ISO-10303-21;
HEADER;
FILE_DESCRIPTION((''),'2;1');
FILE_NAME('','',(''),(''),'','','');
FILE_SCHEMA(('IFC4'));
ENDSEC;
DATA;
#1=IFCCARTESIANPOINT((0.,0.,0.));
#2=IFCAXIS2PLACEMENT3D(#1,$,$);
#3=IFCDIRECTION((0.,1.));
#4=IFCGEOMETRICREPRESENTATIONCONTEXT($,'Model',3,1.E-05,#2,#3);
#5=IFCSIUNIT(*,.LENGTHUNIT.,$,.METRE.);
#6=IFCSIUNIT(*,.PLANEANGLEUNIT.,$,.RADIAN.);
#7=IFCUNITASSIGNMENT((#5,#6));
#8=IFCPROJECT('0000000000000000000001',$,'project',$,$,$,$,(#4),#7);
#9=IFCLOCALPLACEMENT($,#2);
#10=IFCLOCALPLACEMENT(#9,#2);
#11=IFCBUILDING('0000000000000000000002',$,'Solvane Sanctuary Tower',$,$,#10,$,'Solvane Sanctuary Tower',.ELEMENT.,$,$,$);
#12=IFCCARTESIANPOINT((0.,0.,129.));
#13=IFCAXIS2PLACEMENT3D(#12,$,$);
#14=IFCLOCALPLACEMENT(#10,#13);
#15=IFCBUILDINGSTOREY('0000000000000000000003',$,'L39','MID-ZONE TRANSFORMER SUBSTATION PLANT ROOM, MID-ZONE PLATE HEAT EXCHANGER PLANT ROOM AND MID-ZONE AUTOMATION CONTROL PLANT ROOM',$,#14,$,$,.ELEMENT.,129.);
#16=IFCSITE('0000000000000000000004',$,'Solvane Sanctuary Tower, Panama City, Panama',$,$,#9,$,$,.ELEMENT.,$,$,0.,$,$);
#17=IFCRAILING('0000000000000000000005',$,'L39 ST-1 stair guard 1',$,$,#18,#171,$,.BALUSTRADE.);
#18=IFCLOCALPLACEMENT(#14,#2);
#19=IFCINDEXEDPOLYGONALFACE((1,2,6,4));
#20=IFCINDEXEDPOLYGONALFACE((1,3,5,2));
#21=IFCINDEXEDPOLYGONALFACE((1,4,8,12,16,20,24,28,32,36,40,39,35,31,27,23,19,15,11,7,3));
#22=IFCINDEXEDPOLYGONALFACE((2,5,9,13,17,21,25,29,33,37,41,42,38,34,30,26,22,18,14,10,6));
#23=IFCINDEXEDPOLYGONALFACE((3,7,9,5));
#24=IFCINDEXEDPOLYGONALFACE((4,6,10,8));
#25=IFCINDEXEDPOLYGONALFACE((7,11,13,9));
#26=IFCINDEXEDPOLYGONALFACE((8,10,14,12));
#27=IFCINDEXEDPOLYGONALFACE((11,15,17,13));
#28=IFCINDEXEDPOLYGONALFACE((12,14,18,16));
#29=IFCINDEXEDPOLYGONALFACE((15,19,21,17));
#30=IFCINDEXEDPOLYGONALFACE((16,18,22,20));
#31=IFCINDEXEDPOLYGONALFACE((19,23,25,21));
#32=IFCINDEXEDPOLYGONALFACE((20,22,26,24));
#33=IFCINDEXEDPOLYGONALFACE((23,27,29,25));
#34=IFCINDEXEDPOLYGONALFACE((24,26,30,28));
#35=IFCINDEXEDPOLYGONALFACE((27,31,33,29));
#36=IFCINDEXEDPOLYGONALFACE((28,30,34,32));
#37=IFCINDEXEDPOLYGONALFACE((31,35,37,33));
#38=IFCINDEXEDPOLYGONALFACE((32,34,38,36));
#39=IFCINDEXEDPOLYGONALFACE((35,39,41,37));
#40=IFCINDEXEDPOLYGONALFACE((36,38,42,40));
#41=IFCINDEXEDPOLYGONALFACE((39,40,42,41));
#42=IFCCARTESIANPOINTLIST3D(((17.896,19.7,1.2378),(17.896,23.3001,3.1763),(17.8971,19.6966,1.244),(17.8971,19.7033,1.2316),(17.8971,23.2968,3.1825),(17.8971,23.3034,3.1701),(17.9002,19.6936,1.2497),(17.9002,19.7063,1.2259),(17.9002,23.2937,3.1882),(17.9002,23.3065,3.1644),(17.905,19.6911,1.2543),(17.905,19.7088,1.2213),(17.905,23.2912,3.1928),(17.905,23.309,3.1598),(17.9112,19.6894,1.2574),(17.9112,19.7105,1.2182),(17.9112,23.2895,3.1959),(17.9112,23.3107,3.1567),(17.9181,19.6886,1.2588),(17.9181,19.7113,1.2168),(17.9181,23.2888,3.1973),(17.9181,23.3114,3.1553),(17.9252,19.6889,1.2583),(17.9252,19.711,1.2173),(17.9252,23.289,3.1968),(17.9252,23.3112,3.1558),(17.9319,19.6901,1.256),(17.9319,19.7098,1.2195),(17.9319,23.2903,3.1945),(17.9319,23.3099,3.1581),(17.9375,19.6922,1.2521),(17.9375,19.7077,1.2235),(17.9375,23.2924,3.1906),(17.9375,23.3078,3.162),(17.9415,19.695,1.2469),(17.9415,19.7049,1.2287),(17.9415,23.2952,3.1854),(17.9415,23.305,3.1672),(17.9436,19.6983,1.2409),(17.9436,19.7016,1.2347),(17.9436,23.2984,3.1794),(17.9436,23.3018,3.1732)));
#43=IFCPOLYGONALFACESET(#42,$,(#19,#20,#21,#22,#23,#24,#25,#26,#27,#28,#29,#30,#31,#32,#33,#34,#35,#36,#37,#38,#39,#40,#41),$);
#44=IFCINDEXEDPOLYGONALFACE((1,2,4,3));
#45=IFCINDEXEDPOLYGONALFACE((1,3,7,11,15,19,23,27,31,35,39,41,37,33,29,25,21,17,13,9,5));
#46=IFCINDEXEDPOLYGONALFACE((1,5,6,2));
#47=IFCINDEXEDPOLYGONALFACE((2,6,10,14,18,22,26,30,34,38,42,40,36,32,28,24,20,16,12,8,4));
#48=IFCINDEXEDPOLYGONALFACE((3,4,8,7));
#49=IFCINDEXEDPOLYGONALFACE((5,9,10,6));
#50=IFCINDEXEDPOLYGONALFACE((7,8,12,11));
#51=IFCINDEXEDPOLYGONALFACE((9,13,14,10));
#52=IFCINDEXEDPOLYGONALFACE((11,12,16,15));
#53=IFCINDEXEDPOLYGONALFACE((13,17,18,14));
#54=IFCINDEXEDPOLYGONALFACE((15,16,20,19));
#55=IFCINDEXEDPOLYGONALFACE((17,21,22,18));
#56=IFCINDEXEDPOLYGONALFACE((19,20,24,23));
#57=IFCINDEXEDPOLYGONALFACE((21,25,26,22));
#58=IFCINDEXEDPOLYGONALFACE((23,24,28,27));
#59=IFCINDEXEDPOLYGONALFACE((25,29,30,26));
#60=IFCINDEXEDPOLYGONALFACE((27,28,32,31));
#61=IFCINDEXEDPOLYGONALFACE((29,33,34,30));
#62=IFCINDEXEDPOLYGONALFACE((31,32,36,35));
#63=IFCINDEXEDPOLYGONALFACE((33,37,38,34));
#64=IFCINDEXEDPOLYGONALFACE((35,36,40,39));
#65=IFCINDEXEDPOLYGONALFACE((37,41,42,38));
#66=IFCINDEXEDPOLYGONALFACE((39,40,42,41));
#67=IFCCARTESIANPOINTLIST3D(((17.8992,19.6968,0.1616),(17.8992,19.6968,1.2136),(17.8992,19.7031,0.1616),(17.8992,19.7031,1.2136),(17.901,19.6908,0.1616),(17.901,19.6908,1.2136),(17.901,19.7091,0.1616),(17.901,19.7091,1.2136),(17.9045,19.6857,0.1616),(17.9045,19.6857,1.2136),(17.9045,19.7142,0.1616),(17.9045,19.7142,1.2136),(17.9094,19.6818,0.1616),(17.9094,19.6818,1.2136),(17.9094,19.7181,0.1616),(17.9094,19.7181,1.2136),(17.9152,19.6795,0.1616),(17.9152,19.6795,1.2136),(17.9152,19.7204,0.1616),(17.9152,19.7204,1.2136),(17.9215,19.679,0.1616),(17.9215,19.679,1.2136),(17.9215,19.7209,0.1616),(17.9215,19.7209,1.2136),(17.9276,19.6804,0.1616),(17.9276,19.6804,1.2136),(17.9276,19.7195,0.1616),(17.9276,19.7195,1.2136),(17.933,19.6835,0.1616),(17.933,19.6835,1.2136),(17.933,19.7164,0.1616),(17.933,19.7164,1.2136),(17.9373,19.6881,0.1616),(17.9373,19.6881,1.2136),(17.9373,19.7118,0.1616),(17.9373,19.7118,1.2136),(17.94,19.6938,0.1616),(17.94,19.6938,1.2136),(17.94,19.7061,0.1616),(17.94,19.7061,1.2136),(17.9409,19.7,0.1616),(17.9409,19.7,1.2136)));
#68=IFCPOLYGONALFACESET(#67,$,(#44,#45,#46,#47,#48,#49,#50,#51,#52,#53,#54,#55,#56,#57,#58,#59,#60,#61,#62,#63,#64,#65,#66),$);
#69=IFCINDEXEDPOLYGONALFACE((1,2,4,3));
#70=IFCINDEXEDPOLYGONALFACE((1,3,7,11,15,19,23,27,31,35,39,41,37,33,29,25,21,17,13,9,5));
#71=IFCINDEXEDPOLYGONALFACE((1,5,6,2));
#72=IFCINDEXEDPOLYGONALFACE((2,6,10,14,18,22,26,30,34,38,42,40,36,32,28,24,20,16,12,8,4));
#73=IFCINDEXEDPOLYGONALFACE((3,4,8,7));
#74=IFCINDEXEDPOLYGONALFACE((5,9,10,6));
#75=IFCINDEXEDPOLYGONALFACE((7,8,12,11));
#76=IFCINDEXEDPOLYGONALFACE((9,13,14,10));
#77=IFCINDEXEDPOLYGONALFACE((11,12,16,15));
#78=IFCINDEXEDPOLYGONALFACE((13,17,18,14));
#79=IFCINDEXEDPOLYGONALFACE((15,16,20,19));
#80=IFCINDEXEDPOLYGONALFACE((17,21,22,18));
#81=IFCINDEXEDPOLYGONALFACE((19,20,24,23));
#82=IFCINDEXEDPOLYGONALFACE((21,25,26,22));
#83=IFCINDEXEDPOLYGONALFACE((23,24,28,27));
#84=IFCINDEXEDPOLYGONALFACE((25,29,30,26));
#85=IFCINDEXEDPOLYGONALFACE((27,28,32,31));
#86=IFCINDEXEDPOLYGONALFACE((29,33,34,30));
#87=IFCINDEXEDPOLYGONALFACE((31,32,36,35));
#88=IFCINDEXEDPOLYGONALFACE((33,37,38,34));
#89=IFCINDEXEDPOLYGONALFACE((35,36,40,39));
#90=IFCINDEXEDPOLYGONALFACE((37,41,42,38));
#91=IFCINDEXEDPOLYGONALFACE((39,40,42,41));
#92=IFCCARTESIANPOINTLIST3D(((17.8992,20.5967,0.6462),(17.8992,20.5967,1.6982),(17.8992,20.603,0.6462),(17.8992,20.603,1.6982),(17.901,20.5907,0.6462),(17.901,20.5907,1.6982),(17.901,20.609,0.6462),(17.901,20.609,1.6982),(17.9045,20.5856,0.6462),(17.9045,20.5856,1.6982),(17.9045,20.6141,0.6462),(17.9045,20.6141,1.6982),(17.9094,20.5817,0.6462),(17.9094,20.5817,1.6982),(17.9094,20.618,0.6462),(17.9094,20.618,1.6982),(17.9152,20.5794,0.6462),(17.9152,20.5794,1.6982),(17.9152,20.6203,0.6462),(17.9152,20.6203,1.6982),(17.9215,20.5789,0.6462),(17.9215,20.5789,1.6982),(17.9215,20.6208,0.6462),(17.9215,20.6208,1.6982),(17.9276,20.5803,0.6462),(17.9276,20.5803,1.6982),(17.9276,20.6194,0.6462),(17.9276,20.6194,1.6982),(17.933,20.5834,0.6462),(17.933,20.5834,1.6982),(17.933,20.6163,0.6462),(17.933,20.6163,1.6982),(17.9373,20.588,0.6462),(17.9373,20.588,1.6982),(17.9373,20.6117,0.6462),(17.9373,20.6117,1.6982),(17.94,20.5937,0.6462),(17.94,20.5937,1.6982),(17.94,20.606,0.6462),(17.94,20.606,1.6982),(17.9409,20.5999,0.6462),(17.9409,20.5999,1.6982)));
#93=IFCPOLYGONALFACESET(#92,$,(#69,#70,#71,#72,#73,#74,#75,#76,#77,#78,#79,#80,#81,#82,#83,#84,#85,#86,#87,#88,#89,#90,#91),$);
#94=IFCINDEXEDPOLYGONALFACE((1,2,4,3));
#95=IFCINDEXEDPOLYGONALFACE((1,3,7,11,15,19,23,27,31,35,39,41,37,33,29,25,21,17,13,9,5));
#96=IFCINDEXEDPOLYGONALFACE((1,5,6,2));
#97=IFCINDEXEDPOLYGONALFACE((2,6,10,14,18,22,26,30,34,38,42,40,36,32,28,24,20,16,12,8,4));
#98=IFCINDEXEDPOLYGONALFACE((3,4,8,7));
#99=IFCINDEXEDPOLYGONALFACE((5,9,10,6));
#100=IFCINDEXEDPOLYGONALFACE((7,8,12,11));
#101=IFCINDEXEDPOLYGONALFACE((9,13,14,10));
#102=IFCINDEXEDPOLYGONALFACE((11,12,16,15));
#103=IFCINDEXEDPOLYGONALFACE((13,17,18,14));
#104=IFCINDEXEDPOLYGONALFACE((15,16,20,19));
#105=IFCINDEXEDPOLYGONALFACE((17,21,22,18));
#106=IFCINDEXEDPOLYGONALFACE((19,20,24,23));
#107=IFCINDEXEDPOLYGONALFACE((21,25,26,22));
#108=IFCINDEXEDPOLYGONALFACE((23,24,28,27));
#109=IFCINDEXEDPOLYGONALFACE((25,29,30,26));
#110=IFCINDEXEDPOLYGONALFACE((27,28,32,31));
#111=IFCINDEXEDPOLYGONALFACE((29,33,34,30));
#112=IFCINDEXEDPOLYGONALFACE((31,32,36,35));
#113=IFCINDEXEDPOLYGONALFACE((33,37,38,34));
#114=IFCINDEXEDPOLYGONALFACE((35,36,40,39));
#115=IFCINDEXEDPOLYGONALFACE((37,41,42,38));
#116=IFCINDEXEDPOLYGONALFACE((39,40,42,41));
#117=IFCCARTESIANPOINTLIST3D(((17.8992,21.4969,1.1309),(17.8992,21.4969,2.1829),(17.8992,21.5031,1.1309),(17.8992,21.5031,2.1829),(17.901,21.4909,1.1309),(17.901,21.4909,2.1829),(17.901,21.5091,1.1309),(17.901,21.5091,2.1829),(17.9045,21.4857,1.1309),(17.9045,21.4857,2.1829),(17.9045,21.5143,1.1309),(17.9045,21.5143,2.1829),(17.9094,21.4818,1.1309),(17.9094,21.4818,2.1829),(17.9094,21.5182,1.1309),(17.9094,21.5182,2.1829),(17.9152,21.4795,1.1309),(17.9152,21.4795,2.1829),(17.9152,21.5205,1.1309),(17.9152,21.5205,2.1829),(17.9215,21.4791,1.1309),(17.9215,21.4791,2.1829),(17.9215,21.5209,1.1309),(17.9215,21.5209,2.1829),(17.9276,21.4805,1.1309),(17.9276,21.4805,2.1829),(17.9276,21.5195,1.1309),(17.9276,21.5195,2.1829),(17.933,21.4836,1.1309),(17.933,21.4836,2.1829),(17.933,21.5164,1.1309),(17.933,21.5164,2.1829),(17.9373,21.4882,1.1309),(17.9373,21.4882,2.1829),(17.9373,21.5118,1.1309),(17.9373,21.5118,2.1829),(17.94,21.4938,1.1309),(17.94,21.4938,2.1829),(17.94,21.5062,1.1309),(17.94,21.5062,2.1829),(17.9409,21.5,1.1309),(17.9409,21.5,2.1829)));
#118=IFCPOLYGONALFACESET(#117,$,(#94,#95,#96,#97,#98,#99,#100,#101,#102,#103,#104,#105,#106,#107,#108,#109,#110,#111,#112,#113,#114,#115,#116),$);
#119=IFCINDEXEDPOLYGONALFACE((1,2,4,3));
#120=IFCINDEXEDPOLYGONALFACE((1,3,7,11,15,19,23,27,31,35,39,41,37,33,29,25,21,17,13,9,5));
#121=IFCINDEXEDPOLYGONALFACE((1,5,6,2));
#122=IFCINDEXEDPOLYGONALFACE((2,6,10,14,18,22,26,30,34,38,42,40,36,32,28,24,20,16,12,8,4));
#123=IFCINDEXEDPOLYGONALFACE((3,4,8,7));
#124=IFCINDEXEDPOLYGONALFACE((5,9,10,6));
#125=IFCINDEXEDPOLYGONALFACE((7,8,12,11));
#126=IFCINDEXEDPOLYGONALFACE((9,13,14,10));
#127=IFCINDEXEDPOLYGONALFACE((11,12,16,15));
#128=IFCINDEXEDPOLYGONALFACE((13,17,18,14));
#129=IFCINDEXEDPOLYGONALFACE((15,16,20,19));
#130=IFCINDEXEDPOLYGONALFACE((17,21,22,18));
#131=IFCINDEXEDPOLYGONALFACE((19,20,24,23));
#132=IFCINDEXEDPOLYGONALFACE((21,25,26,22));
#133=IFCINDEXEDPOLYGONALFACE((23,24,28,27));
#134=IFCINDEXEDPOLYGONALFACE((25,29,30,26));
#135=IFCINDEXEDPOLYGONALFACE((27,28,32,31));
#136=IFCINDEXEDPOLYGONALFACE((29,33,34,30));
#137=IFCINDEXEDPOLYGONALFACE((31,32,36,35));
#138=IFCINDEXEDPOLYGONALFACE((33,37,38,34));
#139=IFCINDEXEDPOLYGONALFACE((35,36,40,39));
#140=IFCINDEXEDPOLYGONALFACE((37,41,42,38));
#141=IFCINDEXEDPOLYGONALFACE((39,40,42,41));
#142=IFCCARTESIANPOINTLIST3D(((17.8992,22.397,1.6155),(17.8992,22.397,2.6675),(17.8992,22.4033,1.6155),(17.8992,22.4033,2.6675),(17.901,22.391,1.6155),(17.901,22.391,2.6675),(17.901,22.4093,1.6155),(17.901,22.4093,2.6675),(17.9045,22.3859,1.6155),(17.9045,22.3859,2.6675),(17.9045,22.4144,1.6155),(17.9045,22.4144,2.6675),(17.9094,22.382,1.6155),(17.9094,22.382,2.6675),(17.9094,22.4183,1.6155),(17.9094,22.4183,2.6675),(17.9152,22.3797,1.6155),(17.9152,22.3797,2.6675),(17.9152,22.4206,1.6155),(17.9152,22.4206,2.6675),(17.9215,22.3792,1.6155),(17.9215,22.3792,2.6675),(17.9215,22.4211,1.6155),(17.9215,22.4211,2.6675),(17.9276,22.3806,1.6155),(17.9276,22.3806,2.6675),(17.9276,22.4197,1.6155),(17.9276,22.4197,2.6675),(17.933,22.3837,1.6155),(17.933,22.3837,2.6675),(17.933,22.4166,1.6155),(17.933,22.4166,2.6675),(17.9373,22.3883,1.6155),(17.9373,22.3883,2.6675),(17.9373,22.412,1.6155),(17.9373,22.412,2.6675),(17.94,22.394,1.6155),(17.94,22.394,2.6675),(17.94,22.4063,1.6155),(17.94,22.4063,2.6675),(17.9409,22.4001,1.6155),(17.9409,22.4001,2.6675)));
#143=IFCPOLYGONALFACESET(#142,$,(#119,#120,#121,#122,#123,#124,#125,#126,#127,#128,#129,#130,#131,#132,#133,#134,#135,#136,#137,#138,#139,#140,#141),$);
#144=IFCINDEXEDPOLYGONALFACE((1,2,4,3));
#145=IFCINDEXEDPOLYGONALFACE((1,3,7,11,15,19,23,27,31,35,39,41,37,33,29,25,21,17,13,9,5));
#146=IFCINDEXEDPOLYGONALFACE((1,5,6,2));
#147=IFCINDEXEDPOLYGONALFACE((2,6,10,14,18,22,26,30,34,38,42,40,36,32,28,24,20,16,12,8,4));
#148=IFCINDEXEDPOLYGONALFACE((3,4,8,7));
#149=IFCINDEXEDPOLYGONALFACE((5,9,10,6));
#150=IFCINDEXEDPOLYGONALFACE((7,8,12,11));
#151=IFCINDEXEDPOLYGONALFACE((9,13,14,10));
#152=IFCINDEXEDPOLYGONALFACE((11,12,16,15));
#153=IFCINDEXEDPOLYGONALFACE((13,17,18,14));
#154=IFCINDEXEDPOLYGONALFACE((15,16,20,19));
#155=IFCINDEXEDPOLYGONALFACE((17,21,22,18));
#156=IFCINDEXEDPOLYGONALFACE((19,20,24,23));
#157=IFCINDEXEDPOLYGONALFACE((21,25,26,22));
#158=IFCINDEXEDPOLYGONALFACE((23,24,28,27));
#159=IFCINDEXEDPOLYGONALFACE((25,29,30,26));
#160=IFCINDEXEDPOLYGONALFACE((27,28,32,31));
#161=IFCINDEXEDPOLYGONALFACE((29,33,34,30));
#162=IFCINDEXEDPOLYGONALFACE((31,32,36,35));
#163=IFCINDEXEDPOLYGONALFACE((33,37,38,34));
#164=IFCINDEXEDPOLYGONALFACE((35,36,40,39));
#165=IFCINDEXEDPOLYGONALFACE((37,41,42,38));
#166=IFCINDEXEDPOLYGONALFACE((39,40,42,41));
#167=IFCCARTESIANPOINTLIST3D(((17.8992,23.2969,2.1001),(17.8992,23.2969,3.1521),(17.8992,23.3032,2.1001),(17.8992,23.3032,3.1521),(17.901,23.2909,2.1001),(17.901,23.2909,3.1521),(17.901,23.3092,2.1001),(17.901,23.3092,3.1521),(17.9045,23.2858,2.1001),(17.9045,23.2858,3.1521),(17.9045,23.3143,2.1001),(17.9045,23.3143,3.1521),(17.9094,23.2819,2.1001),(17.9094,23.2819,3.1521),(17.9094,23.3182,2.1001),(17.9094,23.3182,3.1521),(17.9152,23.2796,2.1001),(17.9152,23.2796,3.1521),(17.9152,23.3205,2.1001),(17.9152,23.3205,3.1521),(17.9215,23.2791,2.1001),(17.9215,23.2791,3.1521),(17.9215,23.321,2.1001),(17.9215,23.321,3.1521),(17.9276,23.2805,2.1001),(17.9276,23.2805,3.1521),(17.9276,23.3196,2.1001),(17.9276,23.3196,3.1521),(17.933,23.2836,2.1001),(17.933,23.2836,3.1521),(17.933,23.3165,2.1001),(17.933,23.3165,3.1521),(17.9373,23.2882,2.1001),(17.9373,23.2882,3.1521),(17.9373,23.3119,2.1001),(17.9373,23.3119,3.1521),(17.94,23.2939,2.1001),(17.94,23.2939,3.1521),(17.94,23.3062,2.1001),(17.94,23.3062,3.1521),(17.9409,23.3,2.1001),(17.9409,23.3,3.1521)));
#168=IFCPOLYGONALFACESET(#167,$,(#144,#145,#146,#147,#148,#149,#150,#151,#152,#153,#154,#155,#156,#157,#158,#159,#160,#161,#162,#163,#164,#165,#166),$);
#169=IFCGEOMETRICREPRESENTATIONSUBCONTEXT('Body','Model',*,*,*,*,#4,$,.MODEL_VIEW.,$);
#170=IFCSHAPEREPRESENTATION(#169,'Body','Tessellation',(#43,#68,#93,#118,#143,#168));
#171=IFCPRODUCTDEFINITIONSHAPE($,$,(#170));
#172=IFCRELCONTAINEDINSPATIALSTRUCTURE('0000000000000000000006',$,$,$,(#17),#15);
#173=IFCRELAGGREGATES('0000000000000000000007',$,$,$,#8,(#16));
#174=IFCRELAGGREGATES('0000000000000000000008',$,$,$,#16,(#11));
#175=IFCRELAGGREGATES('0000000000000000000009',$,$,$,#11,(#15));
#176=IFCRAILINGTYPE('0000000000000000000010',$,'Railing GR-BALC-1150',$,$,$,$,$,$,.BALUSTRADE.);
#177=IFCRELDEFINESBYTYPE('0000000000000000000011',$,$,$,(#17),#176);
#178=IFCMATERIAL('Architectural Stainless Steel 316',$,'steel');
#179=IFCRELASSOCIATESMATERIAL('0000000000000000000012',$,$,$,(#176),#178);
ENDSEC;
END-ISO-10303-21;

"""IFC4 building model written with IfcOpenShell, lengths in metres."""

from ifc_helpers import new_model, si_unit, direction, frame, origin, origin_2d, place, context, subcontext, project, spatial, circle, extrude, material, type_object, element, save


model = new_model("IFC4")

# Units and contexts
model_context = context("Model", 3, precision=1e-05, world=origin(), true_north=direction((0.0, 1.0)))
body_context = subcontext(model_context, "Body", "Model", "MODEL_VIEW")
ifc_project = project(units=[si_unit("LENGTHUNIT", "METRE"), si_unit("PLANEANGLEUNIT", "RADIAN")], contexts=[model_context])

# Site, building, storey
site_placement = place(None, origin())
site = spatial("IfcSite", under=ifc_project, at=site_placement, Name="Solvane Sanctuary Tower, Panama City, Panama", CompositionType="ELEMENT", RefElevation=0.0)
building_placement = place(site_placement, origin())
building = spatial("IfcBuilding", under=site, at=building_placement, Name="Solvane Sanctuary Tower", LongName="Solvane Sanctuary Tower", CompositionType="ELEMENT")
storey_placement = place(building_placement, frame((0.0, 0.0, 129.0)))
storey = spatial("IfcBuildingStorey", under=building, at=storey_placement, Name="L39", Description="MID-ZONE TRANSFORMER SUBSTATION PLANT ROOM, MID-ZONE PLATE HEAT EXCHANGER PLANT ROOM AND MID-ZONE AUTOMATION CONTROL PLANT ROOM", CompositionType="ELEMENT", Elevation=129.0)

# Shared definitions
ifc_material_1 = material(Name="Architectural Stainless Steel 316", Category="steel")

# Railing
railing_type_1 = type_object("IfcRailingType", Name="Railing GR-BALC-1150", PredefinedType="BALUSTRADE", material=ifc_material_1)
railing_1_placement = place(storey_placement, frame((17.9199, 19.7, 0.1616)))
element("IfcRailing", 1, at=railing_1_placement, inside=storey, type_object=railing_type_1, Name="L39 ST-1 stair guard 1", PredefinedType="BALUSTRADE", context=body_context, shape_type="SweptSolid", body=[
    extrude(circle(Radius=0.0239, at=origin_2d()), frame((0.0, 0.0, 1.0762), z_axis=(0.0, 0.880475, 0.474093), x_axis=(-1.0, 0.0, 0.0)), (0.0, 0.0, 1.0), 4.0889),
    extrude(circle(Radius=0.021, at=origin_2d()), origin(), (0.0, 0.0, 1.0), 1.052),
    extrude(circle(Radius=0.021, at=origin_2d()), frame((0.0, 0.8999, 0.4846)), (0.0, 0.0, 1.0), 1.052),
    extrude(circle(Radius=0.021, at=origin_2d()), frame((0.0, 1.8, 0.9692)), (0.0, 0.0, 1.0), 1.052),
    extrude(circle(Radius=0.021, at=origin_2d()), frame((0.0, 2.7002, 1.4539)), (0.0, 0.0, 1.0), 1.052),
    extrude(circle(Radius=0.021, at=origin_2d()), frame((0.0, 3.6001, 1.9385)), (0.0, 0.0, 1.0), 1.052),
])

save(model, "model.ifc")
